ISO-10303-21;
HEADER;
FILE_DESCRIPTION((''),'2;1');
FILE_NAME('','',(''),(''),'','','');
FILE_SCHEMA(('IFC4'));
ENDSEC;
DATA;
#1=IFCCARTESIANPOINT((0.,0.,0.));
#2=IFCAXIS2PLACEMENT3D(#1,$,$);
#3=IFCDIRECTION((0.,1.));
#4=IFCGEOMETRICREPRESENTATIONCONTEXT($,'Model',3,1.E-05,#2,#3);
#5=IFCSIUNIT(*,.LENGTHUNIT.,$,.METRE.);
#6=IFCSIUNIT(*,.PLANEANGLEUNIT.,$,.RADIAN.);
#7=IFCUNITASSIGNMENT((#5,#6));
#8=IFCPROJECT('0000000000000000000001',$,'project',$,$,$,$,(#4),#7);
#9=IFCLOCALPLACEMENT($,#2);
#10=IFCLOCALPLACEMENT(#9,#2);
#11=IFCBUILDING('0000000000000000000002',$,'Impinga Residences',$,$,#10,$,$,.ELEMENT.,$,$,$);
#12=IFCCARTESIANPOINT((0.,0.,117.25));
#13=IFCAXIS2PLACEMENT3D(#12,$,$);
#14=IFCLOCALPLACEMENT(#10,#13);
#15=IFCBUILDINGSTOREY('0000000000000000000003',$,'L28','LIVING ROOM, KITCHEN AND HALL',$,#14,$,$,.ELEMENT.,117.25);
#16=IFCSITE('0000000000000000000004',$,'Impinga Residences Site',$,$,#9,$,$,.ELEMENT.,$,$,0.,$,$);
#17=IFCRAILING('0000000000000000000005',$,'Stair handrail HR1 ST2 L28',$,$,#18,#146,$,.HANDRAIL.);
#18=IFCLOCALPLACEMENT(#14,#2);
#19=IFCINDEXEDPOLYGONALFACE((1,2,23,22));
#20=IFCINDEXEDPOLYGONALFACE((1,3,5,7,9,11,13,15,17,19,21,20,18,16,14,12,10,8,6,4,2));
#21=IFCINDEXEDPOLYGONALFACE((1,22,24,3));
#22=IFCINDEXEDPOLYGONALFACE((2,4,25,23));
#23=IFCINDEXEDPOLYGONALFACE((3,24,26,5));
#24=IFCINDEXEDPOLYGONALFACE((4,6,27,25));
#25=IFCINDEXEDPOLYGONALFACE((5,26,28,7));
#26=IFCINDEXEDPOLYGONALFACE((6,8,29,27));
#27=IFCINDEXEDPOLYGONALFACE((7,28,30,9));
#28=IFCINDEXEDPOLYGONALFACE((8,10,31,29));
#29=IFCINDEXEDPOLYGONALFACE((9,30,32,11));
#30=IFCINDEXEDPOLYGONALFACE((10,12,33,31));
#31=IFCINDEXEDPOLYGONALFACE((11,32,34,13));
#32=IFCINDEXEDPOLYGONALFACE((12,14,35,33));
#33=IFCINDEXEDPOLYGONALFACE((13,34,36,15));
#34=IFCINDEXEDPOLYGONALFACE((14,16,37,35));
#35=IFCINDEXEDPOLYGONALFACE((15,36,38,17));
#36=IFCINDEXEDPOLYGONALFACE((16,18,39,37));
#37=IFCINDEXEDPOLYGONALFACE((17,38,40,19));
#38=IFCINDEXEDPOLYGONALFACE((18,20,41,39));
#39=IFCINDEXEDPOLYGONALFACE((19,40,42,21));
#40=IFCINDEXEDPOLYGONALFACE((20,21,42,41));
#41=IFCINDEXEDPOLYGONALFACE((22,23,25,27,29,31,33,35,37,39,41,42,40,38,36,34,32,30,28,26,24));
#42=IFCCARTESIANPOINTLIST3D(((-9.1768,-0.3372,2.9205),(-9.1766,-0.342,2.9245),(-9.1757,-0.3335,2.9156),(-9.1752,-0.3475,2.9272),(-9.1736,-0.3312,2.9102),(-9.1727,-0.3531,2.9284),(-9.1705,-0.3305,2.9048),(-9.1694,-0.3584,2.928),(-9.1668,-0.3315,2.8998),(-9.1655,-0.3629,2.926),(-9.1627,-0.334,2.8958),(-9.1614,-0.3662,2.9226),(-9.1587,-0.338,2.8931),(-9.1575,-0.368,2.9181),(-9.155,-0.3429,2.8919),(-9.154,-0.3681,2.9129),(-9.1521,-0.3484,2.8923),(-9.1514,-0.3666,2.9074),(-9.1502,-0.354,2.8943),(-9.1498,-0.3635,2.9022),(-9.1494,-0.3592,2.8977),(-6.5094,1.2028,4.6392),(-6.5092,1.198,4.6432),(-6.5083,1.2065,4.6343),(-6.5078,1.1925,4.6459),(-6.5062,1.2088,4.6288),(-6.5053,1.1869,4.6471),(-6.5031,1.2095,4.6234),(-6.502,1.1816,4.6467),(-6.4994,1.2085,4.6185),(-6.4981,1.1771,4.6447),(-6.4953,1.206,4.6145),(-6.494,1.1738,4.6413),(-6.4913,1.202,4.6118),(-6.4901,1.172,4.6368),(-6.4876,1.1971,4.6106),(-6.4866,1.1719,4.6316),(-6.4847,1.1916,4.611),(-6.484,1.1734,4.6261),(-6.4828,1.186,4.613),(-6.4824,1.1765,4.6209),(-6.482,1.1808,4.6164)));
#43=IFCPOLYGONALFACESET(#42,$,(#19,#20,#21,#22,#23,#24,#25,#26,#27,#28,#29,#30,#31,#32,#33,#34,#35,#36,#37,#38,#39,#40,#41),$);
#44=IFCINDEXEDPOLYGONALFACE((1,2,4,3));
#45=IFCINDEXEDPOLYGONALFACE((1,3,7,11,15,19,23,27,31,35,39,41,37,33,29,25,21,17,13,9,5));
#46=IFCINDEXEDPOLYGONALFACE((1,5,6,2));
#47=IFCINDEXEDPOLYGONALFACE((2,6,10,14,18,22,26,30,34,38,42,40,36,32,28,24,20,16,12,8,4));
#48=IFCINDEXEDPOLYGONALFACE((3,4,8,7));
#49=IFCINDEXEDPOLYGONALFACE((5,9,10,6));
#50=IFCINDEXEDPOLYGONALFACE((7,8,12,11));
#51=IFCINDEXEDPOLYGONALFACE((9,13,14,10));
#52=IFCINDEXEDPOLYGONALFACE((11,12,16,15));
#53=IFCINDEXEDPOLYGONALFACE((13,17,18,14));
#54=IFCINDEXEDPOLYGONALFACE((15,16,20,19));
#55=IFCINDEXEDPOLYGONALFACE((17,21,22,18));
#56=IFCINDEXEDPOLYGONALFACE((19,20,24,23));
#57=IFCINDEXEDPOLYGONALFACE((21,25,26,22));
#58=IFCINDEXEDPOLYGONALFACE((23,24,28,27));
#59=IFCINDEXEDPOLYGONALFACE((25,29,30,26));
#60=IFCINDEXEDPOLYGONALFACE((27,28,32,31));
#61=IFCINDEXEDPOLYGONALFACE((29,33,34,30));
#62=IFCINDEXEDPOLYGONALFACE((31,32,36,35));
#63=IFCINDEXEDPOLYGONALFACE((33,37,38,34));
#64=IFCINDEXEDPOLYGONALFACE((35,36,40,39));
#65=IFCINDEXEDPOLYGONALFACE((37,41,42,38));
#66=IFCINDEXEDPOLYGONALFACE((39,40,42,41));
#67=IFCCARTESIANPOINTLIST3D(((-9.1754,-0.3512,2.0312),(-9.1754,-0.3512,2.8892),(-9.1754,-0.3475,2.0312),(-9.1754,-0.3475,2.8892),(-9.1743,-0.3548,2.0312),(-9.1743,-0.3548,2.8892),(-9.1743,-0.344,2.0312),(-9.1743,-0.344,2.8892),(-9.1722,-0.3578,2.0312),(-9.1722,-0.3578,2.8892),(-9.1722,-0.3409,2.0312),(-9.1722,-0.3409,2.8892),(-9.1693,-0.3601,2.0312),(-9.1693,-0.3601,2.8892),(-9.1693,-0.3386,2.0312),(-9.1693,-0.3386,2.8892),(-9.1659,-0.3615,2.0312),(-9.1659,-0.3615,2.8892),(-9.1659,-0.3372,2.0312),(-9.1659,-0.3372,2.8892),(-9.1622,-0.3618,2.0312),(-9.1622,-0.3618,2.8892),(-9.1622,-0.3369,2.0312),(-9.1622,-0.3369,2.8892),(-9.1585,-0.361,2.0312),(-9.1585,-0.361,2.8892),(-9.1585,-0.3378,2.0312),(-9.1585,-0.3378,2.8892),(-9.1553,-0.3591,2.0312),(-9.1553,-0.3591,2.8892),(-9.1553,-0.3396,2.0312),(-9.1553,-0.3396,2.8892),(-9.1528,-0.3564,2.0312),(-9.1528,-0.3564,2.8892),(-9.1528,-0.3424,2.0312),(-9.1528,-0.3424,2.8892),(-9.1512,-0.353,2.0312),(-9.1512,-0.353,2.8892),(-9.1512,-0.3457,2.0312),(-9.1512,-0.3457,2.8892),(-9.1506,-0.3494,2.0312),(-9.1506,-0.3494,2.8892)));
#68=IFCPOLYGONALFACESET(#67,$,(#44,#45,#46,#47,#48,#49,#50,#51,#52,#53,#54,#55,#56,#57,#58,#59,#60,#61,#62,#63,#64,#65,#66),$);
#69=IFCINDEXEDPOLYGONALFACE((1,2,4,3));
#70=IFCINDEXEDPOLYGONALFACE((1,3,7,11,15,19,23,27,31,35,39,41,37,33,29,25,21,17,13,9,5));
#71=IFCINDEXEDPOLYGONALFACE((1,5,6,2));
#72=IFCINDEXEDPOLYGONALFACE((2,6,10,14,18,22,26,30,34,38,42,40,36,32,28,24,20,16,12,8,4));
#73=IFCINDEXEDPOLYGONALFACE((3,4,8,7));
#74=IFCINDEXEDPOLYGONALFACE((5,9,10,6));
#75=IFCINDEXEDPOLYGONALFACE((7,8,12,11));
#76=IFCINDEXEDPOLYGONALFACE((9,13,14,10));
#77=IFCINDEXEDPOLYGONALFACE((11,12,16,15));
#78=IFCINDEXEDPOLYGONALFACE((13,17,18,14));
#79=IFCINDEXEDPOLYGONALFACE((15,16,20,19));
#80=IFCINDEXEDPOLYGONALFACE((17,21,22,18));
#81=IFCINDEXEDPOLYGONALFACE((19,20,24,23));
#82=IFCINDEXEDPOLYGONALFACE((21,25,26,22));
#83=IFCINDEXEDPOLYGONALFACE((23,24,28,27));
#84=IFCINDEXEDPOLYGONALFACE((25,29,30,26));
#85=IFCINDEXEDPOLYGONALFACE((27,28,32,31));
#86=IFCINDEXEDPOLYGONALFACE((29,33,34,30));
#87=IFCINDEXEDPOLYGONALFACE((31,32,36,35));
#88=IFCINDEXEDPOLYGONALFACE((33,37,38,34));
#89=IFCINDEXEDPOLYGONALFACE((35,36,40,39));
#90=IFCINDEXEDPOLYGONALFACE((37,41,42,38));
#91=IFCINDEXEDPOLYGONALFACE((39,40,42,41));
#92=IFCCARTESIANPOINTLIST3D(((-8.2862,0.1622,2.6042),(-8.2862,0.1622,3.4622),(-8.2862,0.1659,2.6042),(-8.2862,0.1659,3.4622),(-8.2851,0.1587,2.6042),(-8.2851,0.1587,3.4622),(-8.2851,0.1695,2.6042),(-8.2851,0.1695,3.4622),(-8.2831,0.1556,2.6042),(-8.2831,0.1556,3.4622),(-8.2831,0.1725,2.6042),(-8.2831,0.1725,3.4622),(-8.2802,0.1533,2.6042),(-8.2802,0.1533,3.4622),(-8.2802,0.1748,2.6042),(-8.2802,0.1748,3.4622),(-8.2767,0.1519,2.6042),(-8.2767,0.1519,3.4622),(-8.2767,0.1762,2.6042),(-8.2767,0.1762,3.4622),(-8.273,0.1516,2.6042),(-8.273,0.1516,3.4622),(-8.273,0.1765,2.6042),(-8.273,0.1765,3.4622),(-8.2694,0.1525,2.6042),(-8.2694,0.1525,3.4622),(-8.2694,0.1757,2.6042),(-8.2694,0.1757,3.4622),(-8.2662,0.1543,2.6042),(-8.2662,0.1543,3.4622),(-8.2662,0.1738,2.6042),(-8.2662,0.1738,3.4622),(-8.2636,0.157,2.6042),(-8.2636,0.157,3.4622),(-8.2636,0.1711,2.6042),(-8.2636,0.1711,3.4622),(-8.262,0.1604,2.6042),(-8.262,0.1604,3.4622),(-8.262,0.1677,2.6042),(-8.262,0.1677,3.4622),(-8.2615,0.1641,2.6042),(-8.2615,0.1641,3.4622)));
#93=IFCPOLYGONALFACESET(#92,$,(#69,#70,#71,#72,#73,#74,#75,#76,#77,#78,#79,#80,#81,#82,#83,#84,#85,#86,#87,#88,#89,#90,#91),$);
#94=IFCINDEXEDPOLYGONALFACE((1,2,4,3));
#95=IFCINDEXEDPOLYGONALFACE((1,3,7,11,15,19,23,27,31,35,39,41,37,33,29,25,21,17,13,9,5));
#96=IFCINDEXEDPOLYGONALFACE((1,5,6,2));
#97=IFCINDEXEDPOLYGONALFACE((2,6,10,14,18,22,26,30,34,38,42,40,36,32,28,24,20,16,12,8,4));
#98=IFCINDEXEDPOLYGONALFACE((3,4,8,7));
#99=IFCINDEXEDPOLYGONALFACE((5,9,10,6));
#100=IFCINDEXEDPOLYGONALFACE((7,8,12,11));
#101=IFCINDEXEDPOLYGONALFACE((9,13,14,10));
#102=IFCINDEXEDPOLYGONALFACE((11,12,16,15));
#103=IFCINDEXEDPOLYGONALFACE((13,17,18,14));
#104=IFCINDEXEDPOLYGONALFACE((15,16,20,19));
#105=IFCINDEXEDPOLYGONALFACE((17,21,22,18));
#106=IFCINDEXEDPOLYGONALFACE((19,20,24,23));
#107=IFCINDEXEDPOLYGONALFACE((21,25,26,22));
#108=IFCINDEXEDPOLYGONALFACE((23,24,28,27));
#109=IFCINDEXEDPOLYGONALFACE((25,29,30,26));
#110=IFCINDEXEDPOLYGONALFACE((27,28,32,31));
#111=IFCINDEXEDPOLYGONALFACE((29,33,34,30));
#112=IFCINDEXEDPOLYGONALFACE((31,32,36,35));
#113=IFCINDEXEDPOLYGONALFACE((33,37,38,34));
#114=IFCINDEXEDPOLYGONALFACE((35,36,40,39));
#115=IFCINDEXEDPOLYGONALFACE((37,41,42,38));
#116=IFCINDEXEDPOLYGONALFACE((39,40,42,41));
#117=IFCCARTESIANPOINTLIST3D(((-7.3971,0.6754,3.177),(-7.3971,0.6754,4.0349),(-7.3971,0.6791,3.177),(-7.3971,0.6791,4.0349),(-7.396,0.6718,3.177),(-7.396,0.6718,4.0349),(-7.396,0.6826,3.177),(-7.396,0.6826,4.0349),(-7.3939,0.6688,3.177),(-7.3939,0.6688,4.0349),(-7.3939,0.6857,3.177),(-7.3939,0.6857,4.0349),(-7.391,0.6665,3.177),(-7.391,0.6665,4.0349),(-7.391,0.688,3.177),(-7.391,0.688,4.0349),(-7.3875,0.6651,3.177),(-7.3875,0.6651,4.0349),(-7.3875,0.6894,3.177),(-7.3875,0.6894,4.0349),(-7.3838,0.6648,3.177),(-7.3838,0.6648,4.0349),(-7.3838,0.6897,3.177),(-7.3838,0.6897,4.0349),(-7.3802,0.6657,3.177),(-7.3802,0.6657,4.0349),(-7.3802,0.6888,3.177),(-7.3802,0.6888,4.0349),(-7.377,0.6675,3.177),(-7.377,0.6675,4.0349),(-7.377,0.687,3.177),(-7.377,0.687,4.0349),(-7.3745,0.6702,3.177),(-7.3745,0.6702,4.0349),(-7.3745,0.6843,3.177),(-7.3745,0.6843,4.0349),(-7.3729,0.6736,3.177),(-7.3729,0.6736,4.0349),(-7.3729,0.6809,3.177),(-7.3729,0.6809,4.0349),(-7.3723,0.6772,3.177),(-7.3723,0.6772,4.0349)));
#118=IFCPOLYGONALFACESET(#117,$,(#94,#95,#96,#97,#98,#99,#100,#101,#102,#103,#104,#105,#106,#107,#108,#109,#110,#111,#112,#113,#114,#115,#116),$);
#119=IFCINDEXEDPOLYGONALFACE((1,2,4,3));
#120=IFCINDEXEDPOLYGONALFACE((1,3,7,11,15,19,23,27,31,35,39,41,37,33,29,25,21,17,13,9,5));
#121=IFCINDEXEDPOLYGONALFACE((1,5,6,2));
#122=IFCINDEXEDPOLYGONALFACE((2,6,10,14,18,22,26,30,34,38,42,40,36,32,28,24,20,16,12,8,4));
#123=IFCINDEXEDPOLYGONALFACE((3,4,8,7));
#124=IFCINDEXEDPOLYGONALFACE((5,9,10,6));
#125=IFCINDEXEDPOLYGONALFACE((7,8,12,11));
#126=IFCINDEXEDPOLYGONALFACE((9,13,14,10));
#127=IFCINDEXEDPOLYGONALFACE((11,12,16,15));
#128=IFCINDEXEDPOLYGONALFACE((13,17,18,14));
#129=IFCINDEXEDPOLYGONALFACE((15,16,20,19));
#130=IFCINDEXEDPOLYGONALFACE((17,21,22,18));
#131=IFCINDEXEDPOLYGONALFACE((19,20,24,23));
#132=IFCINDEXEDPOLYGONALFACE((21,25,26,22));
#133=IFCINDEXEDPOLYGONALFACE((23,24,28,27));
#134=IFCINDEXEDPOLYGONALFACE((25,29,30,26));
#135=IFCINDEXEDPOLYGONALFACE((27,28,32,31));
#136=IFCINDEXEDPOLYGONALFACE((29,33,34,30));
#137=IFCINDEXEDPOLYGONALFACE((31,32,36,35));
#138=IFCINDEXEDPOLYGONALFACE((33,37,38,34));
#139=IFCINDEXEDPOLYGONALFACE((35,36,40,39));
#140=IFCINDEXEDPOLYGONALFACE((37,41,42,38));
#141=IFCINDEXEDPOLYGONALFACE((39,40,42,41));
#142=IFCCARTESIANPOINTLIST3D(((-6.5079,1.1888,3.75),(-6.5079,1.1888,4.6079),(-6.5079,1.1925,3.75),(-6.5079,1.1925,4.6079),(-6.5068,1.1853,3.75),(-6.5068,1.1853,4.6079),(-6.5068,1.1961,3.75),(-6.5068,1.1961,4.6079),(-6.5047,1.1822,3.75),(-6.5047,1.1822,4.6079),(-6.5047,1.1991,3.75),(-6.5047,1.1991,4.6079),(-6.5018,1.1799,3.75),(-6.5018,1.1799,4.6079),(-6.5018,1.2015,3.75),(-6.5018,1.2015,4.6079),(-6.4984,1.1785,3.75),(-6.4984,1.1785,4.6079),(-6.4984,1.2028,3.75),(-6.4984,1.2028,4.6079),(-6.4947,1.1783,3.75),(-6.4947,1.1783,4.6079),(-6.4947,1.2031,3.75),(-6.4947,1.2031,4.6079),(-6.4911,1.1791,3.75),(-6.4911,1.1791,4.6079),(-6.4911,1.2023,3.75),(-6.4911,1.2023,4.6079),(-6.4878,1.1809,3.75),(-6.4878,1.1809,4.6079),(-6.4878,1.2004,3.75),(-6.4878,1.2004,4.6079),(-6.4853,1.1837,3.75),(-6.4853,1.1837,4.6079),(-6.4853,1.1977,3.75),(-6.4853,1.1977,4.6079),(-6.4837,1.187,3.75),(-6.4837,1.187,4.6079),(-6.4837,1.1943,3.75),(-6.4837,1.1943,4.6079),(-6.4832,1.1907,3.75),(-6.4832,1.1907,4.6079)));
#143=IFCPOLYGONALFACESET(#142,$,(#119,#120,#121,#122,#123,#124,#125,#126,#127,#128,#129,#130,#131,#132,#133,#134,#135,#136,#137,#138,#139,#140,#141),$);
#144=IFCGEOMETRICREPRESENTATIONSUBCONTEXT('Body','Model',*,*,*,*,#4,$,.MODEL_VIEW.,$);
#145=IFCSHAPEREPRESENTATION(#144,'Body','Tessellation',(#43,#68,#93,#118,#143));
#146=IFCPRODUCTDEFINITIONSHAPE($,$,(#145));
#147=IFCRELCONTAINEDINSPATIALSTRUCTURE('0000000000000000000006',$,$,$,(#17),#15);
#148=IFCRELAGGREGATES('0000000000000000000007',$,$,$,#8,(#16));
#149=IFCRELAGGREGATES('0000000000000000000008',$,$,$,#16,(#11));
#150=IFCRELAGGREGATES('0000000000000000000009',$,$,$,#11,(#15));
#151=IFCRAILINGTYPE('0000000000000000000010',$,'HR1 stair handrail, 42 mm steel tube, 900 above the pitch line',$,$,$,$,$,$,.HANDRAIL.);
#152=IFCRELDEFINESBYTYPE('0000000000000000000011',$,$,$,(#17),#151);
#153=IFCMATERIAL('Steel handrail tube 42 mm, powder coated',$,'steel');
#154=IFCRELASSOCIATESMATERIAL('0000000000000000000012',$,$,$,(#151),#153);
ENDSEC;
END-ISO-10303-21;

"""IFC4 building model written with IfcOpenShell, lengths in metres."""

from ifc_helpers import new_model, si_unit, direction, frame, origin, origin_2d, place, context, subcontext, project, spatial, circle, extrude, material, type_object, element, save


model = new_model("IFC4")

# Units and contexts
model_context = context("Model", 3, precision=1e-05, world=origin(), true_north=direction((0.0, 1.0)))
body_context = subcontext(model_context, "Body", "Model", "MODEL_VIEW")
ifc_project = project(units=[si_unit("LENGTHUNIT", "METRE"), si_unit("PLANEANGLEUNIT", "RADIAN")], contexts=[model_context])

# Site, building, storey
site_placement = place(None, origin())
site = spatial("IfcSite", under=ifc_project, at=site_placement, Name="Impinga Residences Site", CompositionType="ELEMENT", RefElevation=0.0)
building_placement = place(site_placement, origin())
building = spatial("IfcBuilding", under=site, at=building_placement, Name="Impinga Residences", CompositionType="ELEMENT")
storey_placement = place(building_placement, frame((0.0, 0.0, 117.25)))
storey = spatial("IfcBuildingStorey", under=building, at=storey_placement, Name="L28", Description="LIVING ROOM, KITCHEN AND HALL", CompositionType="ELEMENT", Elevation=117.25)

# Railing
ifc_material_1 = material(Name="Steel handrail tube 42 mm, powder coated", Category="steel")
railing_type_1 = type_object("IfcRailingType", Name="HR1 stair handrail, 42 mm steel tube, 900 above the pitch line", PredefinedType="HANDRAIL", material=ifc_material_1)
railing_1_placement = place(storey_placement, frame((-9.1631, -0.3494, 2.0312)))
element("IfcRailing", 1, at=railing_1_placement, inside=storey, type_object=railing_type_1, Name="Stair handrail HR1 ST2 L28", PredefinedType="HANDRAIL", context=body_context, shape_type="SweptSolid", body=[
    extrude(circle(Radius=0.021, at=origin_2d()), frame((0.0, 0.0, 0.8789), z_axis=(0.756256, 0.436616, 0.487282), x_axis=(-0.499992, 0.86603, 0.0)), (0.0, 0.0, 1.0), 3.5271),
    extrude(circle(Radius=0.0125, at=origin_2d()), origin(), (0.0, 0.0, 1.0), 0.8579),
    extrude(circle(Radius=0.0125, at=origin_2d()), frame((0.8892, 0.5134, 0.573)), (0.0, 0.0, 1.0), 0.8579),
    extrude(circle(Radius=0.0125, at=origin_2d()), frame((1.7783, 1.0266, 1.1458)), (0.0, 0.0, 1.0), 0.8579),
    extrude(circle(Radius=0.0125, at=origin_2d()), frame((2.6675, 1.54, 1.7188)), (0.0, 0.0, 1.0), 0.8579),
])

save(model, "model.ifc")
